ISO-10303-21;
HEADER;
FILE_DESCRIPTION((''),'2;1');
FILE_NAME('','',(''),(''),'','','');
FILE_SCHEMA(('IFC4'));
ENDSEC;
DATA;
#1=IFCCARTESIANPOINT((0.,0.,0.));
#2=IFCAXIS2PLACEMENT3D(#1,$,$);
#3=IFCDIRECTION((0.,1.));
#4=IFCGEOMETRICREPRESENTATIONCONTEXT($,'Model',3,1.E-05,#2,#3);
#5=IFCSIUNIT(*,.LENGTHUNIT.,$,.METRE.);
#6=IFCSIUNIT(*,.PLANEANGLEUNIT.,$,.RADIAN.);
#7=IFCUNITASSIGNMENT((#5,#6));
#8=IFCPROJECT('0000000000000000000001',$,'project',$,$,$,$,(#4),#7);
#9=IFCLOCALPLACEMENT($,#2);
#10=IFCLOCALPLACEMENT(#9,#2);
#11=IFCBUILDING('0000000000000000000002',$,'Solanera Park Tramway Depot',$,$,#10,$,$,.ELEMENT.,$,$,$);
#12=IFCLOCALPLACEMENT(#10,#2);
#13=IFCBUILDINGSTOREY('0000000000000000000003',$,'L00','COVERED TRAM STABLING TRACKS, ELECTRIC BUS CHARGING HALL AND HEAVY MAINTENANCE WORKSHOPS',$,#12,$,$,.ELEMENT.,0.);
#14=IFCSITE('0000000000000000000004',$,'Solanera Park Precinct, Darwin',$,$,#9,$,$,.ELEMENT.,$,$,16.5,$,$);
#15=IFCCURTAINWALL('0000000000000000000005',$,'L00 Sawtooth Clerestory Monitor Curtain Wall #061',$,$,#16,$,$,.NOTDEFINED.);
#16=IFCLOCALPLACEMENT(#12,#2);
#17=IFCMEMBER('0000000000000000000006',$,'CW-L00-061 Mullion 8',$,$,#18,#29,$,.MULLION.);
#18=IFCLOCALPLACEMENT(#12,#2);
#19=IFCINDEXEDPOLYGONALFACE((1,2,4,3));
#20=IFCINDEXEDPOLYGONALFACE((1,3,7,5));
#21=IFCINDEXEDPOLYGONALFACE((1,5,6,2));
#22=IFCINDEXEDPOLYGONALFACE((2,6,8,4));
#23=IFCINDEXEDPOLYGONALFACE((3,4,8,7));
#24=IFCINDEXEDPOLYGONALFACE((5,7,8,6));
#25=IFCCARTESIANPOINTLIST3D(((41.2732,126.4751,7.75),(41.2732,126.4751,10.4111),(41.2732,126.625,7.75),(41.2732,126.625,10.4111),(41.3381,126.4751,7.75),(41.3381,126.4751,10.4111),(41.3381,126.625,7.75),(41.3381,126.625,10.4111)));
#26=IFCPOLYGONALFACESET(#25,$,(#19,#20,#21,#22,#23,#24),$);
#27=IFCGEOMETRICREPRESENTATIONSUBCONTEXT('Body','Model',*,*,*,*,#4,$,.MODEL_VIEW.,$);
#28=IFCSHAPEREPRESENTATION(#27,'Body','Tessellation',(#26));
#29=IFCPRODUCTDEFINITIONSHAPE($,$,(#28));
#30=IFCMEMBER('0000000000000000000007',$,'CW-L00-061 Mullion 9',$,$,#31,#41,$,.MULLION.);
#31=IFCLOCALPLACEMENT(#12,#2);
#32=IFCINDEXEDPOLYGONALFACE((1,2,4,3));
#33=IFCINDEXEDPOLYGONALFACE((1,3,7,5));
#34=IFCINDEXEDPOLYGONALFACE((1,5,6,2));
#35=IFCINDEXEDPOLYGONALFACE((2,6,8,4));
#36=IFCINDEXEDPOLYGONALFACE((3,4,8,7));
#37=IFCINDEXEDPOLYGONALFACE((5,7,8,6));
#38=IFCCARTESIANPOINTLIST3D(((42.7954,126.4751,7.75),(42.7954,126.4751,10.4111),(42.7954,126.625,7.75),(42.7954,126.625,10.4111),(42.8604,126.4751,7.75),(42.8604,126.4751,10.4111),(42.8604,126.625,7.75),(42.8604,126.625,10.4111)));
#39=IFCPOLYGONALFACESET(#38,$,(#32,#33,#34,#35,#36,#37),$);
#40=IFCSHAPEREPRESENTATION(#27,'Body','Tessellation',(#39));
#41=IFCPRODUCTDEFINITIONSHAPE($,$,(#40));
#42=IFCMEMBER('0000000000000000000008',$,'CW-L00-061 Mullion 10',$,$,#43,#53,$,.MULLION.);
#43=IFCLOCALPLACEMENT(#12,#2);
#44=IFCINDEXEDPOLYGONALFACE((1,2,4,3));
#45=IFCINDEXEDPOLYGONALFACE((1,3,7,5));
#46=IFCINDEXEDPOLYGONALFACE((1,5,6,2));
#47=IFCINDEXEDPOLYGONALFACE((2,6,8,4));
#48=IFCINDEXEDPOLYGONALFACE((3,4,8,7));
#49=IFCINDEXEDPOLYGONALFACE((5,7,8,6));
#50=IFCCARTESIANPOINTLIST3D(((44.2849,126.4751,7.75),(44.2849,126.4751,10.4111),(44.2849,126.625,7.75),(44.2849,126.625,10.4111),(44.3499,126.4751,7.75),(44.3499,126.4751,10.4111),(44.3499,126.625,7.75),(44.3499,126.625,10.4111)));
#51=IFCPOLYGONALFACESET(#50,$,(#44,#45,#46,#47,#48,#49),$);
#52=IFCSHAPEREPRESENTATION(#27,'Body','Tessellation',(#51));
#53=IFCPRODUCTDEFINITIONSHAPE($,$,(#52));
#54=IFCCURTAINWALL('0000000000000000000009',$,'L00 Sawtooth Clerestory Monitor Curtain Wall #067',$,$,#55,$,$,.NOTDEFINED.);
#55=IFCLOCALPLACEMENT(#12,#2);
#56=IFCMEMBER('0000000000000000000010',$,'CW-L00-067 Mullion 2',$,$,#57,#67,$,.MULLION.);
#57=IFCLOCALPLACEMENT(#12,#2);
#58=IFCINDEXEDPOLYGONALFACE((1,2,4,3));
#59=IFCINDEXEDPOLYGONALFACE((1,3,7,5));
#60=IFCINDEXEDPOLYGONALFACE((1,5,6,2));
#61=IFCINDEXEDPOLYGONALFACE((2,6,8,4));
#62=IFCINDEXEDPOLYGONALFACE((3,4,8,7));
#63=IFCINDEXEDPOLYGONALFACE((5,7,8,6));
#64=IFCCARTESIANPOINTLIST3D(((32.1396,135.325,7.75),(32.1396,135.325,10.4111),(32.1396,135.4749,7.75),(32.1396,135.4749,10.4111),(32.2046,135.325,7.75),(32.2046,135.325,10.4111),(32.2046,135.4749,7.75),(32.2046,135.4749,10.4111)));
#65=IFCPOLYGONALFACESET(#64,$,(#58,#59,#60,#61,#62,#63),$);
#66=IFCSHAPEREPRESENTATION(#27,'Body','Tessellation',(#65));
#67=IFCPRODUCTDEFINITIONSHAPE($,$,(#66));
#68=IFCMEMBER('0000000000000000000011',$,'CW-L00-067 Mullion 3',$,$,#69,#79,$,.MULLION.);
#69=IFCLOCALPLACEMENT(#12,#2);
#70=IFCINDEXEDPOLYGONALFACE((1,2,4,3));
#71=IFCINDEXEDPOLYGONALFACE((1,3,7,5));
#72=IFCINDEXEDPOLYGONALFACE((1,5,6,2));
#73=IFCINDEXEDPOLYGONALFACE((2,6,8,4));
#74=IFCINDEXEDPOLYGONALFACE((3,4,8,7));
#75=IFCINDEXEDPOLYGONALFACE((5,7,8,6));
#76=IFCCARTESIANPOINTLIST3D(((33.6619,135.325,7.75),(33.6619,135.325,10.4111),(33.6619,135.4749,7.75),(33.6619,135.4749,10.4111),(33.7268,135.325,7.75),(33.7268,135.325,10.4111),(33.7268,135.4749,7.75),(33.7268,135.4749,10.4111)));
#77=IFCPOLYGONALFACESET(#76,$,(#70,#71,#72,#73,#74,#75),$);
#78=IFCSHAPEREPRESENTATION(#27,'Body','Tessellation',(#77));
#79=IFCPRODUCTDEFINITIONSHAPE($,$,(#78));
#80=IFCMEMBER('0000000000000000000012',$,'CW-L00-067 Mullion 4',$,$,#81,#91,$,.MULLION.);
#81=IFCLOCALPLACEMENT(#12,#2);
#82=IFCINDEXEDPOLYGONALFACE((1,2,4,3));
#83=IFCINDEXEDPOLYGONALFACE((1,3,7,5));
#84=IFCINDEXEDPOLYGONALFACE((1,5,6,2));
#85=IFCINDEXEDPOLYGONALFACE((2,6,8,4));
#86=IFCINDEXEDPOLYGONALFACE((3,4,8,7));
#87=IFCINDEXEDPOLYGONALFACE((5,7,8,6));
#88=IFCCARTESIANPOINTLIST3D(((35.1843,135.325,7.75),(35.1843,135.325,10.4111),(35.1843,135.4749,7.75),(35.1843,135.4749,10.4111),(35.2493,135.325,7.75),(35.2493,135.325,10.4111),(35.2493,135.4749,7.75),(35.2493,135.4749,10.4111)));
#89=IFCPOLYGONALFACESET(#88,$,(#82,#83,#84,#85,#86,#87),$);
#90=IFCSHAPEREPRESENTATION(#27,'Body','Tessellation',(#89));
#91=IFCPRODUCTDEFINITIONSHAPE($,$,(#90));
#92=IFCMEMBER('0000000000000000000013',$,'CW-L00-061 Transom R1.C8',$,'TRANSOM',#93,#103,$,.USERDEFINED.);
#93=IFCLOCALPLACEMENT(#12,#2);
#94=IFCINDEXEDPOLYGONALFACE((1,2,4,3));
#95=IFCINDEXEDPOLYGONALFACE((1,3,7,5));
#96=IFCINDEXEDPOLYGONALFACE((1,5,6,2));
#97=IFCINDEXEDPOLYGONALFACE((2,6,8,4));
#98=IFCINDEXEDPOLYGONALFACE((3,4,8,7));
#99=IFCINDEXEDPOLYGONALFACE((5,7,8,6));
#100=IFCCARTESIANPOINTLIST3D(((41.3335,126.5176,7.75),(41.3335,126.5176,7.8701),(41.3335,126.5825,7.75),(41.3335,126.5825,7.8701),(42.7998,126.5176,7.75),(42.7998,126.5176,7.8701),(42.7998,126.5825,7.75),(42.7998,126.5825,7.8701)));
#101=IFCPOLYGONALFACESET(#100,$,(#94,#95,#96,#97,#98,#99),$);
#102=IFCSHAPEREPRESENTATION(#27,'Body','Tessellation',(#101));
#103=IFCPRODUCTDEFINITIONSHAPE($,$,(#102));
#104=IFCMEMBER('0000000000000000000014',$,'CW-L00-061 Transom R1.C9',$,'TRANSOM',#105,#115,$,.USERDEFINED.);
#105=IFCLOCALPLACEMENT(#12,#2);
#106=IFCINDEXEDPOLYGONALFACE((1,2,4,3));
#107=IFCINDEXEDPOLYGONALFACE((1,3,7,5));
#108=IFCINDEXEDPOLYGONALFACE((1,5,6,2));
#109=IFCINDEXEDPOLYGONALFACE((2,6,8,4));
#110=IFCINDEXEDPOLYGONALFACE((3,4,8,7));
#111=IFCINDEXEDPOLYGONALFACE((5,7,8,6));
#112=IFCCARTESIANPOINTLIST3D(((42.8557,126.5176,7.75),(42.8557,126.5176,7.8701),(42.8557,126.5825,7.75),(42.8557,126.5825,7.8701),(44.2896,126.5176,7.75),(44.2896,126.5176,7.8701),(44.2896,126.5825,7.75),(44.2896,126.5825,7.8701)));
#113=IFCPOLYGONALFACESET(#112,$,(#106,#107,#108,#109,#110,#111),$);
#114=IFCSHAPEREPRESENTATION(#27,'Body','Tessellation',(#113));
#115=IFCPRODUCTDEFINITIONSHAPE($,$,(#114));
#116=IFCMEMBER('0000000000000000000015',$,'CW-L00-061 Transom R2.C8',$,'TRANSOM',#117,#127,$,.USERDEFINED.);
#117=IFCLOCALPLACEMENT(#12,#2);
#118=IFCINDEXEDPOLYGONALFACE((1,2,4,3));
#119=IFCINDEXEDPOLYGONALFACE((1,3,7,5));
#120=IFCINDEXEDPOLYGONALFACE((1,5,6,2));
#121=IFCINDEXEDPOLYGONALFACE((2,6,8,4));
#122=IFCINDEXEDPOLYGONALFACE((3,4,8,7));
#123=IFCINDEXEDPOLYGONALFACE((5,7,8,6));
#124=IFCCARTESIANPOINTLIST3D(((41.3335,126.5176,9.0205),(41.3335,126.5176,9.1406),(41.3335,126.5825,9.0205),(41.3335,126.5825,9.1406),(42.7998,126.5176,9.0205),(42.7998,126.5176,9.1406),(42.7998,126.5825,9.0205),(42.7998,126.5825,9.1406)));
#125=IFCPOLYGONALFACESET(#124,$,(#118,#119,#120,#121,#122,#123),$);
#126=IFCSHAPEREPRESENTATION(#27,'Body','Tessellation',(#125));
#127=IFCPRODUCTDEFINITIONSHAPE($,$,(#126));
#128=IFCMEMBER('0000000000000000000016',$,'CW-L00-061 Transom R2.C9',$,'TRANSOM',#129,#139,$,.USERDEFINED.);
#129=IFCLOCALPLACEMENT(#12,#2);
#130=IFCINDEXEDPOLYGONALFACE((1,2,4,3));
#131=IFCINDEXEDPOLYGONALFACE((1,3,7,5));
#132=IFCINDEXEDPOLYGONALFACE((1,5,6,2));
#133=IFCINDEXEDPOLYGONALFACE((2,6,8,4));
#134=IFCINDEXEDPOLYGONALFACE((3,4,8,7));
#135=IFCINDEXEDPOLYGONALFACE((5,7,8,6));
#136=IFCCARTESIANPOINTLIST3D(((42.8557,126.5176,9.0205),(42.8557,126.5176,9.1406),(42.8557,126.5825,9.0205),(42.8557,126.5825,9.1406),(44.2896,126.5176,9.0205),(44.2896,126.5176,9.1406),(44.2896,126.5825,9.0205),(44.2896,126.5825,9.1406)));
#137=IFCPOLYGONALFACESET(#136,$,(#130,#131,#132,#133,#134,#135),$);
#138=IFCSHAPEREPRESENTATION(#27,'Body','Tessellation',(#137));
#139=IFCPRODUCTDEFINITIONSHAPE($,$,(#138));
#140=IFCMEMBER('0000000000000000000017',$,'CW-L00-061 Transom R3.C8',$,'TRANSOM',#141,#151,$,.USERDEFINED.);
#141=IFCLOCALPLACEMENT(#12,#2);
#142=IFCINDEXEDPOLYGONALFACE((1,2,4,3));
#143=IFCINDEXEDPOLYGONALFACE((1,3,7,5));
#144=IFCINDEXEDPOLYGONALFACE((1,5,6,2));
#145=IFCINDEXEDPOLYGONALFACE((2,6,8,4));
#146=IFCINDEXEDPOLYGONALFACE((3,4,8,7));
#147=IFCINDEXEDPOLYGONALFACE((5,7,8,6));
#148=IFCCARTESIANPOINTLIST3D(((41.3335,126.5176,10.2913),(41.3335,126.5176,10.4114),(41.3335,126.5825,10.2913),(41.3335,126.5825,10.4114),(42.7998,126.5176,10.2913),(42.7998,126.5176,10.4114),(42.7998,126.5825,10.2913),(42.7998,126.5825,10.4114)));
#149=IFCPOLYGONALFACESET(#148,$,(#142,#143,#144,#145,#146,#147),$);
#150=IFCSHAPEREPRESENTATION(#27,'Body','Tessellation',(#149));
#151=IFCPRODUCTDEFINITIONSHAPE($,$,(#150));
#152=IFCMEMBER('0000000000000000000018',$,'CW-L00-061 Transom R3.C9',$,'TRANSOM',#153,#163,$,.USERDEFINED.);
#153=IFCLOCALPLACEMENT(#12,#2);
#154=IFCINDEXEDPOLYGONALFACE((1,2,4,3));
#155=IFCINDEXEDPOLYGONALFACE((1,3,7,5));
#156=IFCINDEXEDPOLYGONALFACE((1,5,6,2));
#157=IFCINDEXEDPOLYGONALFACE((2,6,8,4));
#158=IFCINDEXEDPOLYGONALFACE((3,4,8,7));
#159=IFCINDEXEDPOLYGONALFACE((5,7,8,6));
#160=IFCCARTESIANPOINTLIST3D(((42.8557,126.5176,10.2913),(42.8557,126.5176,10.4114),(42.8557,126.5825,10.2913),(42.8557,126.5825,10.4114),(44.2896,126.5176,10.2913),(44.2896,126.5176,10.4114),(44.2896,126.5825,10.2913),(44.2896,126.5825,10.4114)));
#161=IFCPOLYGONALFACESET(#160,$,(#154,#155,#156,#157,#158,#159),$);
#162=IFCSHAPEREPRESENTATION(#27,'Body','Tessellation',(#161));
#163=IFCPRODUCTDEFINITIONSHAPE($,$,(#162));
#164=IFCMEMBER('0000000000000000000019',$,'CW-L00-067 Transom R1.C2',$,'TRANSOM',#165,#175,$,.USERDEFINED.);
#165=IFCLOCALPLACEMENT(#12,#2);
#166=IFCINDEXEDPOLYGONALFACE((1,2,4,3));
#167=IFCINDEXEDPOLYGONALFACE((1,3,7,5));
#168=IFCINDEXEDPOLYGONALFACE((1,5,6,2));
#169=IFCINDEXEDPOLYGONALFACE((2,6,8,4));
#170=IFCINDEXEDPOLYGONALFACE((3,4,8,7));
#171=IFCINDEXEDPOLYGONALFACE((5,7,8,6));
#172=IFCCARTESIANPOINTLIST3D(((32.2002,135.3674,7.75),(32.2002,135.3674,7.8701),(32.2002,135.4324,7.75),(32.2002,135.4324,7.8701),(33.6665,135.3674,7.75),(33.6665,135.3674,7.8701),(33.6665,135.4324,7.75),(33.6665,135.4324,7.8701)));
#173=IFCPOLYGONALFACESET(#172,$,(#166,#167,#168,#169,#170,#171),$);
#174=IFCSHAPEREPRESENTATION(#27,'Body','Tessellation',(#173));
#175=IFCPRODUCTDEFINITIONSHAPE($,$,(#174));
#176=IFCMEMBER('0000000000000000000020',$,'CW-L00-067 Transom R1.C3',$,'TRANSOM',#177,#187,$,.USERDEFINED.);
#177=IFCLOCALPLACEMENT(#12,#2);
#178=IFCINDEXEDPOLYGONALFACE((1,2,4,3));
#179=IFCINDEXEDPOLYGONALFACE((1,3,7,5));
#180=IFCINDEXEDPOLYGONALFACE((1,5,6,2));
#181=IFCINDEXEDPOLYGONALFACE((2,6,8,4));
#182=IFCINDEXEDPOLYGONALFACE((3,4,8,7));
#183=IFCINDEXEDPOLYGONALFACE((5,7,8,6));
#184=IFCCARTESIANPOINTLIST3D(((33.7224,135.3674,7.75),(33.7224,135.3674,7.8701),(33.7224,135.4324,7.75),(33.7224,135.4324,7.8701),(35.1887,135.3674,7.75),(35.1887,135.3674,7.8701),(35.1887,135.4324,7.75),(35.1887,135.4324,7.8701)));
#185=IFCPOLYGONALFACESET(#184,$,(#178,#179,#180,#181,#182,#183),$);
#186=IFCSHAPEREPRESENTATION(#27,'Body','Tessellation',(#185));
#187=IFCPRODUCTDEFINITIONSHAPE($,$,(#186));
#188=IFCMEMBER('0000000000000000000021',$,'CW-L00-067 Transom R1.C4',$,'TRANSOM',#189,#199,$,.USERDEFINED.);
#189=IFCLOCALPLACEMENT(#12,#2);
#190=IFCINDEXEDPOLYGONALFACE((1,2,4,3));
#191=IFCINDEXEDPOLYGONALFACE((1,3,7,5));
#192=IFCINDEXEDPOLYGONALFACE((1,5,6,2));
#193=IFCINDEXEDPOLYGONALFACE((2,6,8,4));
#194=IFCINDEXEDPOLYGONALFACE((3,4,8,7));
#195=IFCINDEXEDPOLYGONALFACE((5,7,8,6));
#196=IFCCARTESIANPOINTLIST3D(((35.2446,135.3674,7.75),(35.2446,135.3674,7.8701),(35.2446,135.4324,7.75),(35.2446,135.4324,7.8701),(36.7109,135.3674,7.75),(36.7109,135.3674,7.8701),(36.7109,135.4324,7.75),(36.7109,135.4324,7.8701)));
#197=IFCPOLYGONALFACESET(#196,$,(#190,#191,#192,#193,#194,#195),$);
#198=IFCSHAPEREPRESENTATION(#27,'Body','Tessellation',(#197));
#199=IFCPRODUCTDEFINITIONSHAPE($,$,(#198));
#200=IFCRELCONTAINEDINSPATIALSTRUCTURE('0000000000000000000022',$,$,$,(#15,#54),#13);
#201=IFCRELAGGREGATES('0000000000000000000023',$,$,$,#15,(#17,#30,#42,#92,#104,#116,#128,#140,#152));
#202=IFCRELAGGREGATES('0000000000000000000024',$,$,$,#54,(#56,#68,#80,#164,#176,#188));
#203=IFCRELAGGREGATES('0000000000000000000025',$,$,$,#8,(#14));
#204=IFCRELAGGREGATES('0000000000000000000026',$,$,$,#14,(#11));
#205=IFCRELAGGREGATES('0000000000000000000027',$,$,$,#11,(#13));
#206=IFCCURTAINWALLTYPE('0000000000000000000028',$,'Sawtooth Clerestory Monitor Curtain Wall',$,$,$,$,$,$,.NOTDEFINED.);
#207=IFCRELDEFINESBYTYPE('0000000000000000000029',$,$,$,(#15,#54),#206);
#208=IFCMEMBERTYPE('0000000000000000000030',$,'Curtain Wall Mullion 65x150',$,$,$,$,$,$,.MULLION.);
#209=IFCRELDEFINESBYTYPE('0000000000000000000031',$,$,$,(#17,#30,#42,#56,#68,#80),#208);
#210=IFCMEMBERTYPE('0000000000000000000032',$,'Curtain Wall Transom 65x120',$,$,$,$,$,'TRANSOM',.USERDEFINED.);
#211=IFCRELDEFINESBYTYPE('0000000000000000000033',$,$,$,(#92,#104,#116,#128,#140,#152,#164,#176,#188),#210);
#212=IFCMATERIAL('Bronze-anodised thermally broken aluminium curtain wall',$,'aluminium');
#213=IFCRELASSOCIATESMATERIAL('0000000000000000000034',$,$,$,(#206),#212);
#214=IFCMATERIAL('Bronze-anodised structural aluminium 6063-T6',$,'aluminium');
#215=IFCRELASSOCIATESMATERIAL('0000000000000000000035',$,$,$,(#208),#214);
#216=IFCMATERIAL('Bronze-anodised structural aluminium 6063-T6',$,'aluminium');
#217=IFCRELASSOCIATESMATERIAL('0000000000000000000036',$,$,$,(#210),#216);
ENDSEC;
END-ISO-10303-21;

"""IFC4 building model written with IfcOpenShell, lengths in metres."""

from ifc_helpers import new_model, si_unit, direction, frame, origin, origin_2d, place, context, subcontext, project, spatial, rectangle, extrude, material, material_profile, profile_set, type_object, element, aggregate, save


model = new_model("IFC4")

# Units and contexts
model_context = context("Model", 3, precision=1e-05, world=origin(), true_north=direction((0.0, 1.0)))
body_context = subcontext(model_context, "Body", "Model", "MODEL_VIEW")
ifc_project = project(units=[si_unit("LENGTHUNIT", "METRE"), si_unit("PLANEANGLEUNIT", "RADIAN")], contexts=[model_context])

# Site, building, storey
site_placement = place(None, origin())
site = spatial("IfcSite", under=ifc_project, at=site_placement, Name="Solanera Park Precinct, Darwin", CompositionType="ELEMENT", RefElevation=16.5)
building_placement = place(site_placement, origin())
building = spatial("IfcBuilding", under=site, at=building_placement, Name="Solanera Park Tramway Depot", CompositionType="ELEMENT")
storey_placement = place(building_placement, origin())
storey = spatial("IfcBuildingStorey", under=building, at=storey_placement, Name="L00", Description="COVERED TRAM STABLING TRACKS, ELECTRIC BUS CHARGING HALL AND HEAVY MAINTENANCE WORKSHOPS", CompositionType="ELEMENT", Elevation=0.0)

# Curtain walls, members
ifc_material_1 = material(Name="Bronze-anodised thermally broken aluminium curtain wall", Category="aluminium")
curtain_wall_type = type_object("IfcCurtainWallType", Name="Sawtooth Clerestory Monitor Curtain Wall", PredefinedType="NOTDEFINED", material=ifc_material_1)
curtain_wall_1_placement = place(storey_placement, origin())
curtain_wall_1 = element("IfcCurtainWall", 1, at=curtain_wall_1_placement, inside=storey, type_object=curtain_wall_type, Name="L00 Sawtooth Clerestory Monitor Curtain Wall #061", PredefinedType="NOTDEFINED")
ifc_material_2 = material(Name="Bronze-anodised structural aluminium 6063-T6", Category="aluminium")
ifc_material_profile_1 = material_profile(ifc_material_2, rectangle(XDim=0.0649, YDim=0.1499, at=origin_2d()), Name="Curtain Wall Mullion 65x150")
ifc_profile_set_1 = profile_set([ifc_material_profile_1], Name="Bronze-anodised structural aluminium 6063-T6")
member_type_1 = type_object("IfcMemberType", Name="Curtain Wall Mullion 65x150", PredefinedType="MULLION", material=ifc_profile_set_1)
member_1_placement = place(storey_placement, frame((41.3057, 126.55, 7.75), z_axis=(0.0, 0.0, 1.0), x_axis=(1.0, 0.0, 0.0)))
member_1 = element("IfcMember", 2, at=member_1_placement, type_object=member_type_1, Name="CW-L00-061 Mullion 8", PredefinedType="MULLION", context=body_context, shape_type="SweptSolid", body=[
    extrude(rectangle(XDim=0.0649, YDim=0.1499, at=origin_2d()), origin(), (0.0, 0.0, 1.0), 2.6611),
])
member_2_placement = place(storey_placement, frame((42.8279, 126.55, 7.75), z_axis=(0.0, 0.0, 1.0), x_axis=(1.0, 0.0, 0.0)))
member_2 = element("IfcMember", 3, at=member_2_placement, type_object=member_type_1, Name="CW-L00-061 Mullion 9", PredefinedType="MULLION", context=body_context, shape_type="SweptSolid", body=[
    extrude(rectangle(XDim=0.0649, YDim=0.1499, at=origin_2d()), origin(), (0.0, 0.0, 1.0), 2.6611),
])
member_3_placement = place(storey_placement, frame((44.3174, 126.55, 7.75), z_axis=(0.0, 0.0, 1.0), x_axis=(1.0, 0.0, 0.0)))
member_3 = element("IfcMember", 4, at=member_3_placement, type_object=member_type_1, Name="CW-L00-061 Mullion 10", PredefinedType="MULLION", context=body_context, shape_type="SweptSolid", body=[
    extrude(rectangle(XDim=0.0649, YDim=0.1499, at=origin_2d()), origin(), (0.0, 0.0, 1.0), 2.6611),
])
curtain_wall_2_placement = place(storey_placement, origin())
curtain_wall_2 = element("IfcCurtainWall", 5, at=curtain_wall_2_placement, inside=storey, type_object=curtain_wall_type, Name="L00 Sawtooth Clerestory Monitor Curtain Wall #067", PredefinedType="NOTDEFINED")
member_4_placement = place(storey_placement, frame((32.1721, 135.3999, 7.75), z_axis=(0.0, 0.0, 1.0), x_axis=(1.0, 0.0, 0.0)))
member_4 = element("IfcMember", 6, at=member_4_placement, type_object=member_type_1, Name="CW-L00-067 Mullion 2", PredefinedType="MULLION", context=body_context, shape_type="SweptSolid", body=[
    extrude(rectangle(XDim=0.0649, YDim=0.1499, at=origin_2d()), origin(), (0.0, 0.0, 1.0), 2.6611),
])
member_5_placement = place(storey_placement, frame((33.6943, 135.3999, 7.75), z_axis=(0.0, 0.0, 1.0), x_axis=(1.0, 0.0, 0.0)))
member_5 = element("IfcMember", 7, at=member_5_placement, type_object=member_type_1, Name="CW-L00-067 Mullion 3", PredefinedType="MULLION", context=body_context, shape_type="SweptSolid", body=[
    extrude(rectangle(XDim=0.0649, YDim=0.1499, at=origin_2d()), origin(), (0.0, 0.0, 1.0), 2.6611),
])
member_6_placement = place(storey_placement, frame((35.2168, 135.3999, 7.75), z_axis=(0.0, 0.0, 1.0), x_axis=(1.0, 0.0, 0.0)))
member_6 = element("IfcMember", 8, at=member_6_placement, type_object=member_type_1, Name="CW-L00-067 Mullion 4", PredefinedType="MULLION", context=body_context, shape_type="SweptSolid", body=[
    extrude(rectangle(XDim=0.0649, YDim=0.1499, at=origin_2d()), origin(), (0.0, 0.0, 1.0), 2.6611),
])

# Members
ifc_material_3 = material(Name="Bronze-anodised structural aluminium 6063-T6", Category="aluminium")
ifc_material_profile_2 = material_profile(ifc_material_3, rectangle(XDim=0.0649, YDim=0.1201, at=origin_2d()), Name="Curtain Wall Transom 65x120")
ifc_profile_set_2 = profile_set([ifc_material_profile_2], Name="Bronze-anodised structural aluminium 6063-T6")
member_type_2 = type_object("IfcMemberType", Name="Curtain Wall Transom 65x120", ElementType="TRANSOM", PredefinedType="USERDEFINED", material=ifc_profile_set_2)
member_7_placement = place(storey_placement, frame((41.3335, 126.55, 7.8101), z_axis=(1.0, 0.0, 0.0), x_axis=(0.0, 1.0, 0.0)))
member_7 = element("IfcMember", 9, at=member_7_placement, type_object=member_type_2, Name="CW-L00-061 Transom R1.C8", ObjectType="TRANSOM", PredefinedType="USERDEFINED", context=body_context, shape_type="SweptSolid", body=[
    extrude(rectangle(XDim=0.0649, YDim=0.1201, at=origin_2d()), origin(), (0.0, 0.0, 1.0), 1.4663),
])
member_8_placement = place(storey_placement, frame((42.8557, 126.55, 7.8101), z_axis=(1.0, 0.0, 0.0), x_axis=(0.0, 1.0, 0.0)))
member_8 = element("IfcMember", 10, at=member_8_placement, type_object=member_type_2, Name="CW-L00-061 Transom R1.C9", ObjectType="TRANSOM", PredefinedType="USERDEFINED", context=body_context, shape_type="SweptSolid", body=[
    extrude(rectangle(XDim=0.0649, YDim=0.1201, at=origin_2d()), origin(), (0.0, 0.0, 1.0), 1.4338),
])
member_9_placement = place(storey_placement, frame((41.3335, 126.55, 9.0806), z_axis=(1.0, 0.0, 0.0), x_axis=(0.0, 1.0, 0.0)))
member_9 = element("IfcMember", 11, at=member_9_placement, type_object=member_type_2, Name="CW-L00-061 Transom R2.C8", ObjectType="TRANSOM", PredefinedType="USERDEFINED", context=body_context, shape_type="SweptSolid", body=[
    extrude(rectangle(XDim=0.0649, YDim=0.1201, at=origin_2d()), origin(), (0.0, 0.0, 1.0), 1.4663),
])
member_10_placement = place(storey_placement, frame((42.8557, 126.55, 9.0806), z_axis=(1.0, 0.0, 0.0), x_axis=(0.0, 1.0, 0.0)))
member_10 = element("IfcMember", 12, at=member_10_placement, type_object=member_type_2, Name="CW-L00-061 Transom R2.C9", ObjectType="TRANSOM", PredefinedType="USERDEFINED", context=body_context, shape_type="SweptSolid", body=[
    extrude(rectangle(XDim=0.0649, YDim=0.1201, at=origin_2d()), origin(), (0.0, 0.0, 1.0), 1.4338),
])
member_11_placement = place(storey_placement, frame((41.3335, 126.55, 10.3513), z_axis=(1.0, 0.0, 0.0), x_axis=(0.0, 1.0, 0.0)))
member_11 = element("IfcMember", 13, at=member_11_placement, type_object=member_type_2, Name="CW-L00-061 Transom R3.C8", ObjectType="TRANSOM", PredefinedType="USERDEFINED", context=body_context, shape_type="SweptSolid", body=[
    extrude(rectangle(XDim=0.0649, YDim=0.1201, at=origin_2d()), origin(), (0.0, 0.0, 1.0), 1.4663),
])
member_12_placement = place(storey_placement, frame((42.8557, 126.55, 10.3513), z_axis=(1.0, 0.0, 0.0), x_axis=(0.0, 1.0, 0.0)))
member_12 = element("IfcMember", 14, at=member_12_placement, type_object=member_type_2, Name="CW-L00-061 Transom R3.C9", ObjectType="TRANSOM", PredefinedType="USERDEFINED", context=body_context, shape_type="SweptSolid", body=[
    extrude(rectangle(XDim=0.0649, YDim=0.1201, at=origin_2d()), origin(), (0.0, 0.0, 1.0), 1.4338),
])
member_13_placement = place(storey_placement, frame((32.2002, 135.3999, 7.8101), z_axis=(1.0, 0.0, 0.0), x_axis=(0.0, 1.0, 0.0)))
member_13 = element("IfcMember", 15, at=member_13_placement, type_object=member_type_2, Name="CW-L00-067 Transom R1.C2", ObjectType="TRANSOM", PredefinedType="USERDEFINED", context=body_context, shape_type="SweptSolid", body=[
    extrude(rectangle(XDim=0.0649, YDim=0.1201, at=origin_2d()), origin(), (0.0, 0.0, 1.0), 1.4663),
])
member_14_placement = place(storey_placement, frame((33.7224, 135.3999, 7.8101), z_axis=(1.0, 0.0, 0.0), x_axis=(0.0, 1.0, 0.0)))
member_14 = element("IfcMember", 16, at=member_14_placement, type_object=member_type_2, Name="CW-L00-067 Transom R1.C3", ObjectType="TRANSOM", PredefinedType="USERDEFINED", context=body_context, shape_type="SweptSolid", body=[
    extrude(rectangle(XDim=0.0649, YDim=0.1201, at=origin_2d()), origin(), (0.0, 0.0, 1.0), 1.4663),
])
member_15_placement = place(storey_placement, frame((35.2446, 135.3999, 7.8101), z_axis=(1.0, 0.0, 0.0), x_axis=(0.0, 1.0, 0.0)))
member_15 = element("IfcMember", 17, at=member_15_placement, type_object=member_type_2, Name="CW-L00-067 Transom R1.C4", ObjectType="TRANSOM", PredefinedType="USERDEFINED", context=body_context, shape_type="SweptSolid", body=[
    extrude(rectangle(XDim=0.0649, YDim=0.1201, at=origin_2d()), origin(), (0.0, 0.0, 1.0), 1.4663),
])

aggregate(curtain_wall_1, [member_1, member_2, member_3, member_7, member_8, member_9, member_10, member_11, member_12])
aggregate(curtain_wall_2, [member_4, member_5, member_6, member_13, member_14, member_15])

save(model, "model.ifc")
